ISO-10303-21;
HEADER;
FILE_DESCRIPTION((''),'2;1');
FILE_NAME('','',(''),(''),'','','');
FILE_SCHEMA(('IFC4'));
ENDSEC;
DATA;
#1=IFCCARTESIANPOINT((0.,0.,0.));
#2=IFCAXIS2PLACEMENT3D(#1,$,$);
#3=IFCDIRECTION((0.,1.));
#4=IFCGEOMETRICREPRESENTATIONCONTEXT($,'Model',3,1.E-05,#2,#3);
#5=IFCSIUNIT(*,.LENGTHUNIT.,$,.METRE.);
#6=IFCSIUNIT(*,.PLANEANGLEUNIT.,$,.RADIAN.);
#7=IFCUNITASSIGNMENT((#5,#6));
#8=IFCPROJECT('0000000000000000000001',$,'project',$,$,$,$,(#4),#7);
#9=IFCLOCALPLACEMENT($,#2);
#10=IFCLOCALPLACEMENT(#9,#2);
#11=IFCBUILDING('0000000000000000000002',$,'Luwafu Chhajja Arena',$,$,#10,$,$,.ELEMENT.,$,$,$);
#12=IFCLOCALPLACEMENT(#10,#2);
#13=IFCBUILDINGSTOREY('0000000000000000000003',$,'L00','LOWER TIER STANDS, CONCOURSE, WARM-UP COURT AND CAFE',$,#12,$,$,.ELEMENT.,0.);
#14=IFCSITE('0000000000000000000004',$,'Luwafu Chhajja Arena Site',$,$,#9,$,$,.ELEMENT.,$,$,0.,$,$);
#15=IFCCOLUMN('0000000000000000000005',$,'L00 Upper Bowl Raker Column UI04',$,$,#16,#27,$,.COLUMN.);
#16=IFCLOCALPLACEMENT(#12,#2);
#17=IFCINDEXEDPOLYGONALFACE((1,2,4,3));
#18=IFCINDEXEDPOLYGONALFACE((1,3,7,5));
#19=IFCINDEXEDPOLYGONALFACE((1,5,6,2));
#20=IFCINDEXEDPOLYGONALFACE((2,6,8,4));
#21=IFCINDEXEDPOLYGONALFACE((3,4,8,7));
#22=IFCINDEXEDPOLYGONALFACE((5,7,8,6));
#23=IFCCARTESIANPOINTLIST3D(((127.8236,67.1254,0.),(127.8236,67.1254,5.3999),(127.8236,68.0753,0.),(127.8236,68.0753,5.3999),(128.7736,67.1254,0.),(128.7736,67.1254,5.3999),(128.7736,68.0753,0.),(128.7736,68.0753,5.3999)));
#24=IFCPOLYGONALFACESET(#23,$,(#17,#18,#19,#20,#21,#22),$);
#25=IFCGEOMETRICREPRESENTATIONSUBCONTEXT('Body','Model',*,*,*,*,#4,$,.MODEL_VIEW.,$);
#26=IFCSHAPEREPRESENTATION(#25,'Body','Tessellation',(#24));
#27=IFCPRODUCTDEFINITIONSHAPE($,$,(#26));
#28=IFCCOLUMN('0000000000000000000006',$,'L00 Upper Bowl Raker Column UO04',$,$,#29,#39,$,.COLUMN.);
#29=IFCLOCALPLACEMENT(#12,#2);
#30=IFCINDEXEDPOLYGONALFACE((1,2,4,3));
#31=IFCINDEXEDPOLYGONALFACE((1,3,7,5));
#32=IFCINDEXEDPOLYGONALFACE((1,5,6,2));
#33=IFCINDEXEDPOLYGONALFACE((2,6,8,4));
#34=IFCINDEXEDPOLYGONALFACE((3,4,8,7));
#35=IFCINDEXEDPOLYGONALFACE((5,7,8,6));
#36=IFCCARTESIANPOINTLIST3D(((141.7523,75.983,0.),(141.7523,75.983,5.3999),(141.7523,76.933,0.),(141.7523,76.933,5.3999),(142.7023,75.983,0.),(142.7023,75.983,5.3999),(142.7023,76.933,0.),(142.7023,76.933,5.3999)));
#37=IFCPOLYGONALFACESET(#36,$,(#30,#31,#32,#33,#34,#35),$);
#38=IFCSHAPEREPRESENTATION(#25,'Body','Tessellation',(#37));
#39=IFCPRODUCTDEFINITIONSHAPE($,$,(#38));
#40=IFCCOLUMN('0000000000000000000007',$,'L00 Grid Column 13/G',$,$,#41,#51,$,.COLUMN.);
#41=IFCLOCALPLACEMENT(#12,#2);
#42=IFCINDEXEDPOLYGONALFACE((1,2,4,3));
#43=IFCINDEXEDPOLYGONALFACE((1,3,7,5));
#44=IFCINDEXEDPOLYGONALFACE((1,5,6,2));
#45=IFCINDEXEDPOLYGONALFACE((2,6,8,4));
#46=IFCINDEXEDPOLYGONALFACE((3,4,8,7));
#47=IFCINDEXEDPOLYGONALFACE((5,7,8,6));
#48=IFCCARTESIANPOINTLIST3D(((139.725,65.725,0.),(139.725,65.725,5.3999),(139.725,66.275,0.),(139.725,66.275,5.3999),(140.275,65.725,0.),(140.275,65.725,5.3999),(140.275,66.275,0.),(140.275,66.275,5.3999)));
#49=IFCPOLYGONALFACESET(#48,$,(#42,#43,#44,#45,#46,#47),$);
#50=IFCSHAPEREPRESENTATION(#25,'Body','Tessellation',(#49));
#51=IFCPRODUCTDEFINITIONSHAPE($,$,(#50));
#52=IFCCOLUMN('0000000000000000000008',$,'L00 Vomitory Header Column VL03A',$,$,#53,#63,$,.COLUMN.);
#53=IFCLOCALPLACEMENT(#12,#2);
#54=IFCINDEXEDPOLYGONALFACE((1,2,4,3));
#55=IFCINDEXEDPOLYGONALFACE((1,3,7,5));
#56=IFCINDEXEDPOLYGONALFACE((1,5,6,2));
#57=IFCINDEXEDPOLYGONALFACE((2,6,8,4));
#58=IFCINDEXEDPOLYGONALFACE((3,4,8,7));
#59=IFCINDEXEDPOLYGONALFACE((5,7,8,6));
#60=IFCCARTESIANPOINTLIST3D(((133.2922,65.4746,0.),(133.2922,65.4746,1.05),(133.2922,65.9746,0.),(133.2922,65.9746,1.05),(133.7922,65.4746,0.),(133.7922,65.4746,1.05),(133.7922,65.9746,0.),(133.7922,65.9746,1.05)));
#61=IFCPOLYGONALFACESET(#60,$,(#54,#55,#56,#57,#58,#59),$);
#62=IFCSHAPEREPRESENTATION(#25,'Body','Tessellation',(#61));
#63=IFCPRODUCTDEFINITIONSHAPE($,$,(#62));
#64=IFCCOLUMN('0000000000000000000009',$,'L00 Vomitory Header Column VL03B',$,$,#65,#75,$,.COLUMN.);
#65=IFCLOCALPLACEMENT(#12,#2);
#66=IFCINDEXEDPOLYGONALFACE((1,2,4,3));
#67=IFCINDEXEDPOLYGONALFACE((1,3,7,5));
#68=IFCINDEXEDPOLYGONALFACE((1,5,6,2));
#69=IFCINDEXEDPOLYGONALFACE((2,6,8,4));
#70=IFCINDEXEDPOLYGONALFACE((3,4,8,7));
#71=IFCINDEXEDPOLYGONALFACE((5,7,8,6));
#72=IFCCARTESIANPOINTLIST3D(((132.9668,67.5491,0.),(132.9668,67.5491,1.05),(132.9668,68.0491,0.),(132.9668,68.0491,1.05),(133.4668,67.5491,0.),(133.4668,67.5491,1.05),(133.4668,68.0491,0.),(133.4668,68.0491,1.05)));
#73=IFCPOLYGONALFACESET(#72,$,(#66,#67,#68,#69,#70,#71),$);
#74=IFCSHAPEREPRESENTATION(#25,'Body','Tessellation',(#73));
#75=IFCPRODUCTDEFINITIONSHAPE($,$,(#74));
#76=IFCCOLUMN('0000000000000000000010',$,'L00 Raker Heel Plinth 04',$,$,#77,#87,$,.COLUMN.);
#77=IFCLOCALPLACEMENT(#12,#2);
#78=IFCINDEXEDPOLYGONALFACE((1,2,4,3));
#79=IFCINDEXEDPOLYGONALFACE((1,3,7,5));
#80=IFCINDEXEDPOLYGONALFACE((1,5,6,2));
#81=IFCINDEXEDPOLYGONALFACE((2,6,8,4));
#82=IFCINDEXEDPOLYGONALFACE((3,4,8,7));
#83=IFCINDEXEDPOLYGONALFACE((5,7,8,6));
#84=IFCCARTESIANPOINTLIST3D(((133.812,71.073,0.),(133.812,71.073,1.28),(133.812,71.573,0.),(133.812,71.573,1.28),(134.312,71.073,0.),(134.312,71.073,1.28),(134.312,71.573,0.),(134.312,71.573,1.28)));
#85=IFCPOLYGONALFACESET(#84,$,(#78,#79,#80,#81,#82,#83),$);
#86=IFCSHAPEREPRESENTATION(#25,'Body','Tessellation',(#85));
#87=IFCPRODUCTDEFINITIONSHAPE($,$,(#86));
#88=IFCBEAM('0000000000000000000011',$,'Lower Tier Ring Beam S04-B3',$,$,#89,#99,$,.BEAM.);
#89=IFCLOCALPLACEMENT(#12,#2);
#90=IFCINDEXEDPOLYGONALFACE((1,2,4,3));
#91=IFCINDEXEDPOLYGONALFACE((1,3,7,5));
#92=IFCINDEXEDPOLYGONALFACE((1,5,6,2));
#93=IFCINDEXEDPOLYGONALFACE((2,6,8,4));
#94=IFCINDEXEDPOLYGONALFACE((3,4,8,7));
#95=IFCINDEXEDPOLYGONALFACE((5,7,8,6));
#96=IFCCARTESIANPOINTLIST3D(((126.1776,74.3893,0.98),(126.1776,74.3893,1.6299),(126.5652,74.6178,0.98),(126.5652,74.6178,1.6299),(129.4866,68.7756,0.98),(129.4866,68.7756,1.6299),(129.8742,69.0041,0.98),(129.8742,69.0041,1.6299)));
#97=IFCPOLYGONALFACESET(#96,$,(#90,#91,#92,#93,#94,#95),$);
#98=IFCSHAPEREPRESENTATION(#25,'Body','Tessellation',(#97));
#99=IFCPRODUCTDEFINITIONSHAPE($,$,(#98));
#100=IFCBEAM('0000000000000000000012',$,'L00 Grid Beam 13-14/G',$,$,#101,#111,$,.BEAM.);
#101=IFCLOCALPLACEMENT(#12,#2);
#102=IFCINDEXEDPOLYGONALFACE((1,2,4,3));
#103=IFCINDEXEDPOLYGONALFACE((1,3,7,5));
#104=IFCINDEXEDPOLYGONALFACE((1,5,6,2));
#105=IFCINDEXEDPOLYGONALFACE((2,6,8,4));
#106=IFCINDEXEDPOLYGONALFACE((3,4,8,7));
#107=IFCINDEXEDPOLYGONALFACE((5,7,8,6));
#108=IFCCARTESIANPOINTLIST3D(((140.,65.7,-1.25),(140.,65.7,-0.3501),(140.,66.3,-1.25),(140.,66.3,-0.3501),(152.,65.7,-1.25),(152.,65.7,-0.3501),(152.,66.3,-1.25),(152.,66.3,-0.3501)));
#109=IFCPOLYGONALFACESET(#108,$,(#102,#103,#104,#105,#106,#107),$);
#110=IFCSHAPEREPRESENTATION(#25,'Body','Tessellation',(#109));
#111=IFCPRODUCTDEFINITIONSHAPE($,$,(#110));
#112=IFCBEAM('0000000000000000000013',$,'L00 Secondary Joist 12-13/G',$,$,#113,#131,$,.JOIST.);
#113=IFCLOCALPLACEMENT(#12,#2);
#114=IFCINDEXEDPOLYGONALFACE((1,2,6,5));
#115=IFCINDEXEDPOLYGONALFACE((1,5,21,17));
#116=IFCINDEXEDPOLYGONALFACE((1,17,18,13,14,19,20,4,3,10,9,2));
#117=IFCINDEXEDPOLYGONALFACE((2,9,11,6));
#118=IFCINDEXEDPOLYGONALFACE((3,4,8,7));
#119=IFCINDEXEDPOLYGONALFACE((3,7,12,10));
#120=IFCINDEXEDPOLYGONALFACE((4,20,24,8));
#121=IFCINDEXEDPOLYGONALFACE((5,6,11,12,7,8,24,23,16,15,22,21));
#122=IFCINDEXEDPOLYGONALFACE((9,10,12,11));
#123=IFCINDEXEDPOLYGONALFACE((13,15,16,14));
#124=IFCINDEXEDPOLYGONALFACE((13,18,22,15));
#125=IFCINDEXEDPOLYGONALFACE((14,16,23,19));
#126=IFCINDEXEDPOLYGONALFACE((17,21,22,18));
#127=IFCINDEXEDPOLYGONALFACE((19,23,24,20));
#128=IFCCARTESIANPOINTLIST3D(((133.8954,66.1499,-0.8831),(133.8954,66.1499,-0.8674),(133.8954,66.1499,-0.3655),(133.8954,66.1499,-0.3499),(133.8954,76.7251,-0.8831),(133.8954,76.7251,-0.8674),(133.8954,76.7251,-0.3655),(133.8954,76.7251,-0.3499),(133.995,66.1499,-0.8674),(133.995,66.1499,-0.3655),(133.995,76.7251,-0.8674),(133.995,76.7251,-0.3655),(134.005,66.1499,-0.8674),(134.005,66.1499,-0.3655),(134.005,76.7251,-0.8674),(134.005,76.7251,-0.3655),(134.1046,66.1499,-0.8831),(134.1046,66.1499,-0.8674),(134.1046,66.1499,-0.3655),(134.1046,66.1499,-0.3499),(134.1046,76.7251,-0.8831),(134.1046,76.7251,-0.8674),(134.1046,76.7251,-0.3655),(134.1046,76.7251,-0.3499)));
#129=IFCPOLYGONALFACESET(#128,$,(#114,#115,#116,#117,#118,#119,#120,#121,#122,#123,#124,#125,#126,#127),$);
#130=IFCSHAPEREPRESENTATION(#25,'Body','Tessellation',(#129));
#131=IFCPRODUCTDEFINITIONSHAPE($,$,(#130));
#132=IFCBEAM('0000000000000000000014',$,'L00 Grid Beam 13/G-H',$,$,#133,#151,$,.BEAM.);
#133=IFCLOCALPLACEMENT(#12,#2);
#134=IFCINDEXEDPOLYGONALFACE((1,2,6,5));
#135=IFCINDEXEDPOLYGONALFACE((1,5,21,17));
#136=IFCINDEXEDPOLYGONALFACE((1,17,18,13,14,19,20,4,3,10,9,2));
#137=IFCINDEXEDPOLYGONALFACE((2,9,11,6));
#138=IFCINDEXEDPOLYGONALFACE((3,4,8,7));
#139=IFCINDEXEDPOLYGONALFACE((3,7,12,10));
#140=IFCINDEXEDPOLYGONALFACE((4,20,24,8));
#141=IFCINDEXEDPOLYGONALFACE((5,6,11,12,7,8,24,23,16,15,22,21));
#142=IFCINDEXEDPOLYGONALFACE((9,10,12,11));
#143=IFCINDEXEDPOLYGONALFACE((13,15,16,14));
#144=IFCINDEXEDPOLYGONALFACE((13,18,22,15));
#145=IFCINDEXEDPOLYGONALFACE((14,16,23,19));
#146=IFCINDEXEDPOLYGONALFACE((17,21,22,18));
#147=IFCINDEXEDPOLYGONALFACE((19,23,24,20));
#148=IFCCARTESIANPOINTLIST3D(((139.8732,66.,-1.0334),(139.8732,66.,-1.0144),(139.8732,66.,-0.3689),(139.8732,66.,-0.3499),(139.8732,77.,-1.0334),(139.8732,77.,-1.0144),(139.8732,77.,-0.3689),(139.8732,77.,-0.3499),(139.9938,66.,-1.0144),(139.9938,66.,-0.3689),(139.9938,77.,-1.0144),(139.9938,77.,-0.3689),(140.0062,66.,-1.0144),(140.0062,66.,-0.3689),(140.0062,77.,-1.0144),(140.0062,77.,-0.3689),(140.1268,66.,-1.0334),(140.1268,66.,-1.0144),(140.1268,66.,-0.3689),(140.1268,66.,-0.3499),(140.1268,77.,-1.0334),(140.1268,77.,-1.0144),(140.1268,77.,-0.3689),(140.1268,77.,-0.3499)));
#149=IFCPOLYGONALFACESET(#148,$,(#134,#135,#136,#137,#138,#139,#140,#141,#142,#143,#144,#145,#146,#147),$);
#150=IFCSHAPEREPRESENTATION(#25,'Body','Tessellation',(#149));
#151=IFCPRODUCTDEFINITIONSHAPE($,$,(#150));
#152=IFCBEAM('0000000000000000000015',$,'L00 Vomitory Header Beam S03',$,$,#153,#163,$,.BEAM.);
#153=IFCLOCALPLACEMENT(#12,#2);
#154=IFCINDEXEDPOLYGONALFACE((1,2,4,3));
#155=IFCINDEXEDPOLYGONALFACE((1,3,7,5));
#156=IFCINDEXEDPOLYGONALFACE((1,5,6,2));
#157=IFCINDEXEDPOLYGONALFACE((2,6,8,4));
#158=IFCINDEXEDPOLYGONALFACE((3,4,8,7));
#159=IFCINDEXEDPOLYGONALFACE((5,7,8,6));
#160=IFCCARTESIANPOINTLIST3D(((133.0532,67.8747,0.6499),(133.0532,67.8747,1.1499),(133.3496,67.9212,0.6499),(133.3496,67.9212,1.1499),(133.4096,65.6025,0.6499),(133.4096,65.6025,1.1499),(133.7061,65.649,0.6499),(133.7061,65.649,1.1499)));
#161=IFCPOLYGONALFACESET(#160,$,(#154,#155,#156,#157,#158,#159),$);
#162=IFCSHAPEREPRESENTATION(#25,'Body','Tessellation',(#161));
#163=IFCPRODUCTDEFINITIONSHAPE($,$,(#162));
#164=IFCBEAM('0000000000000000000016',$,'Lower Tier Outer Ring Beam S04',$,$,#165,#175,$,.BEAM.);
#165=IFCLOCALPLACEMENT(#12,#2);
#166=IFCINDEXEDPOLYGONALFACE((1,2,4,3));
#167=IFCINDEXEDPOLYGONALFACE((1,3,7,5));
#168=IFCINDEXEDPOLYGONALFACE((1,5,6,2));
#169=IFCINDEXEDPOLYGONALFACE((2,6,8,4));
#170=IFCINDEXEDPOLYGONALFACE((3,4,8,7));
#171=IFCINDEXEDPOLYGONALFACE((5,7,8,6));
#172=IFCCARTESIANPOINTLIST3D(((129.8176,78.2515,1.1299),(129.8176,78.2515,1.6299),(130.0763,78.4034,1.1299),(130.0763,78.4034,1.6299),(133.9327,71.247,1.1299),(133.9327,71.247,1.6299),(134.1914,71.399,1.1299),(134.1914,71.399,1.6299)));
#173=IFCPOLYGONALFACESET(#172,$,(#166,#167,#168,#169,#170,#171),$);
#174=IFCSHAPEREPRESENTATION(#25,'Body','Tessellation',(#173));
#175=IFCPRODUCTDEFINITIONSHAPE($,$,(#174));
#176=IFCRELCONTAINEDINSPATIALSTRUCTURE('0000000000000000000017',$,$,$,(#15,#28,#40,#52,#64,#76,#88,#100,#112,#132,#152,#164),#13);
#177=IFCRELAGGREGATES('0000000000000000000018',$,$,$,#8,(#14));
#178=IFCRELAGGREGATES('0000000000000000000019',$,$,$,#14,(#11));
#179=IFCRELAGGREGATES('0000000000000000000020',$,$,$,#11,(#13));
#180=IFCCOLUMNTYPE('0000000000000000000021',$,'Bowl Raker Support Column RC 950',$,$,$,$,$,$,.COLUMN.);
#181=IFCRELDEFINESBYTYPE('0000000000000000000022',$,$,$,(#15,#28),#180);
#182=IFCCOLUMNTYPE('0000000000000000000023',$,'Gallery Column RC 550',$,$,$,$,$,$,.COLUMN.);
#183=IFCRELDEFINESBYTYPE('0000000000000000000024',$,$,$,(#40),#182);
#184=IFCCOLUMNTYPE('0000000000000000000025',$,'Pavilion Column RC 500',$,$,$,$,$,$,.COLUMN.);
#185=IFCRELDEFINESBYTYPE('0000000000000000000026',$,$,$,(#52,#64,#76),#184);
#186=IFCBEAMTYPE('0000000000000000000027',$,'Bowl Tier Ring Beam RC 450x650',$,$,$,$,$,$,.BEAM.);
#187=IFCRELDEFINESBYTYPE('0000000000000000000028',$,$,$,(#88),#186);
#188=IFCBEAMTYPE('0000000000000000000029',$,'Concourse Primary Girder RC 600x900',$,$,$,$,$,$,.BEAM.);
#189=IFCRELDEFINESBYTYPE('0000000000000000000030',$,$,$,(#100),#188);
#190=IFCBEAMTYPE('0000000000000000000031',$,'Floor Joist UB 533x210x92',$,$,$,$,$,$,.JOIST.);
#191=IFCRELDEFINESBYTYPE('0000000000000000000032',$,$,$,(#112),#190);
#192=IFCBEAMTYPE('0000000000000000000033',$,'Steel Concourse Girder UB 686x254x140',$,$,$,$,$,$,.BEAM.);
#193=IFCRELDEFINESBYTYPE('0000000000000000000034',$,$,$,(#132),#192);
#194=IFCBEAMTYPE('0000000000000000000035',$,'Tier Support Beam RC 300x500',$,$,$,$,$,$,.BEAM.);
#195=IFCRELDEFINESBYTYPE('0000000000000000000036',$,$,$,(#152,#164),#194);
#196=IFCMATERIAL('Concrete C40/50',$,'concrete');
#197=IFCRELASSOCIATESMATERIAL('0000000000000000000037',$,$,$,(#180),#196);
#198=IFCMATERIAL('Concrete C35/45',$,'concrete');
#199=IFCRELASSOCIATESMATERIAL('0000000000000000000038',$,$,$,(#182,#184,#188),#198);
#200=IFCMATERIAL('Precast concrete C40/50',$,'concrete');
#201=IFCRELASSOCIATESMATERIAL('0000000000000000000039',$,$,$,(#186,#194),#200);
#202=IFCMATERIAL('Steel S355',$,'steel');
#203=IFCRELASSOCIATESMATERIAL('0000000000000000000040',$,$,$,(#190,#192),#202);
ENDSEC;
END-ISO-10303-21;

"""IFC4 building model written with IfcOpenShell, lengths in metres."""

from ifc_helpers import new_model, si_unit, direction, frame, origin, origin_2d, place, context, subcontext, project, spatial, rectangle, i_section, extrude, material, material_profile, profile_set, type_object, element, save


model = new_model("IFC4")

# Units and contexts
model_context = context("Model", 3, precision=1e-05, world=origin(), true_north=direction((0.0, 1.0)))
body_context = subcontext(model_context, "Body", "Model", "MODEL_VIEW")
ifc_project = project(units=[si_unit("LENGTHUNIT", "METRE"), si_unit("PLANEANGLEUNIT", "RADIAN")], contexts=[model_context])

# Site, building, storey
site_placement = place(None, origin())
site = spatial("IfcSite", under=ifc_project, at=site_placement, Name="Luwafu Chhajja Arena Site", CompositionType="ELEMENT", RefElevation=0.0)
building_placement = place(site_placement, origin())
building = spatial("IfcBuilding", under=site, at=building_placement, Name="Luwafu Chhajja Arena", CompositionType="ELEMENT")
storey_placement = place(building_placement, origin())
storey = spatial("IfcBuildingStorey", under=building, at=storey_placement, Name="L00", Description="LOWER TIER STANDS, CONCOURSE, WARM-UP COURT AND CAFE", CompositionType="ELEMENT", Elevation=0.0)

# Columns
ifc_material_1 = material(Name="Concrete C40/50", Category="concrete")
ifc_material_profile_1 = material_profile(ifc_material_1, rectangle(XDim=0.95, YDim=0.95, at=origin_2d()), Name="RC 950x950")
ifc_profile_set_1 = profile_set([ifc_material_profile_1], Name="Concrete C40/50")
column_type_1 = type_object("IfcColumnType", Name="Bowl Raker Support Column RC 950", PredefinedType="COLUMN", material=ifc_profile_set_1)
for number, where, z_axis, x_axis, name in (
    (1, (128.2986, 67.6003, 0.0), (0.0, 0.0, 1.0), (1.0, 0.0, 0.0), "L00 Upper Bowl Raker Column UI04"),
    (2, (142.2273, 76.458, 0.0), (0.0, 0.0, 1.0), (1.0, 0.0, 0.0), "L00 Upper Bowl Raker Column UO04"),
):
    element("IfcColumn", number, at=place(storey_placement, frame(where, z_axis=z_axis, x_axis=x_axis)), inside=storey, type_object=column_type_1, Name=name, PredefinedType="COLUMN", context=body_context, shape_type="SweptSolid", body=[
        extrude(rectangle(XDim=0.95, YDim=0.95, at=origin_2d()), origin(), (0.0, 0.0, 1.0), 5.3999),
    ])
ifc_material_2 = material(Name="Concrete C35/45", Category="concrete")
ifc_material_profile_2 = material_profile(ifc_material_2, rectangle(XDim=0.55, YDim=0.55, at=origin_2d()), Name="RC 550x550")
ifc_profile_set_2 = profile_set([ifc_material_profile_2], Name="Concrete C35/45")
column_type_2 = type_object("IfcColumnType", Name="Gallery Column RC 550", PredefinedType="COLUMN", material=ifc_profile_set_2)
column_1_placement = place(storey_placement, frame((140.0, 66.0, 0.0), z_axis=(0.0, 0.0, 1.0), x_axis=(1.0, 0.0, 0.0)))
element("IfcColumn", 3, at=column_1_placement, inside=storey, type_object=column_type_2, Name="L00 Grid Column 13/G", PredefinedType="COLUMN", context=body_context, shape_type="SweptSolid", body=[
    extrude(rectangle(XDim=0.55, YDim=0.55, at=origin_2d()), origin(), (0.0, 0.0, 1.0), 5.3999),
])
ifc_material_profile_3 = material_profile(ifc_material_2, rectangle(XDim=0.5, YDim=0.5, at=origin_2d()), Name="RC 500x500")
ifc_profile_set_3 = profile_set([ifc_material_profile_3], Name="Concrete C35/45")
column_type_3 = type_object("IfcColumnType", Name="Pavilion Column RC 500", PredefinedType="COLUMN", material=ifc_profile_set_3)
for number, where, z_axis, x_axis, name in (
    (4, (133.5422, 65.7246, 0.0), (0.0, 0.0, 1.0), (1.0, 0.0, 0.0), "L00 Vomitory Header Column VL03A"),
    (5, (133.2168, 67.7991, 0.0), (0.0, 0.0, 1.0), (1.0, 0.0, 0.0), "L00 Vomitory Header Column VL03B"),
):
    element("IfcColumn", number, at=place(storey_placement, frame(where, z_axis=z_axis, x_axis=x_axis)), inside=storey, type_object=column_type_3, Name=name, PredefinedType="COLUMN", context=body_context, shape_type="SweptSolid", body=[
        extrude(rectangle(XDim=0.5, YDim=0.5, at=origin_2d()), origin(), (0.0, 0.0, 1.0), 1.05),
    ])
column_2_placement = place(storey_placement, frame((134.062, 71.323, 0.0), z_axis=(0.0, 0.0, 1.0), x_axis=(1.0, 0.0, 0.0)))
element("IfcColumn", 6, at=column_2_placement, inside=storey, type_object=column_type_3, Name="L00 Raker Heel Plinth 04", PredefinedType="COLUMN", context=body_context, shape_type="SweptSolid", body=[
    extrude(rectangle(XDim=0.5, YDim=0.5, at=origin_2d()), origin(), (0.0, 0.0, 1.0), 1.28),
])

# Beams
ifc_material_3 = material(Name="Precast concrete C40/50", Category="concrete")
ifc_material_profile_4 = material_profile(ifc_material_3, rectangle(XDim=0.45, YDim=0.6499, at=origin_2d()), Name="RC 450x650")
ifc_profile_set_4 = profile_set([ifc_material_profile_4], Name="Precast concrete C40/50")
beam_type_1 = type_object("IfcBeamType", Name="Bowl Tier Ring Beam RC 450x650", PredefinedType="BEAM", material=ifc_profile_set_4)
beam_1_placement = place(storey_placement, frame((129.6804, 68.8899, 1.3049), z_axis=(-0.507803, 0.861473, 0.0), x_axis=(-0.861473, -0.507803, 0.0)))
element("IfcBeam", 7, at=beam_1_placement, inside=storey, type_object=beam_type_1, Name="Lower Tier Ring Beam S04-B3", PredefinedType="BEAM", context=body_context, shape_type="SweptSolid", body=[
    extrude(rectangle(XDim=0.45, YDim=0.6499, at=origin_2d()), origin(), (0.0, 0.0, 1.0), 6.5164),
])
ifc_material_profile_5 = material_profile(ifc_material_2, rectangle(XDim=0.6001, YDim=0.8999, at=origin_2d()), Name="RC 600x900")
ifc_profile_set_5 = profile_set([ifc_material_profile_5], Name="Concrete C35/45")
beam_type_2 = type_object("IfcBeamType", Name="Concourse Primary Girder RC 600x900", PredefinedType="BEAM", material=ifc_profile_set_5)
beam_2_placement = place(storey_placement, frame((140.0, 66.0, -0.8), z_axis=(1.0, 0.0, 0.0), x_axis=(0.0, 1.0, 0.0)))
element("IfcBeam", 8, at=beam_2_placement, inside=storey, type_object=beam_type_2, Name="L00 Grid Beam 13-14/G", PredefinedType="BEAM", context=body_context, shape_type="SweptSolid", body=[
    extrude(rectangle(XDim=0.6001, YDim=0.8999, at=origin_2d()), origin(), (0.0, 0.0, 1.0), 12.0),
])
ifc_material_4 = material(Name="Steel S355", Category="steel")
ifc_material_profile_6 = material_profile(ifc_material_4, i_section(OverallWidth=0.2092, OverallDepth=0.5332, WebThickness=0.01, FlangeThickness=0.0156, at=origin_2d()), Name="UB 533x210x92")
ifc_profile_set_6 = profile_set([ifc_material_profile_6], Name="Steel S355")
beam_type_3 = type_object("IfcBeamType", Name="Floor Joist UB 533x210x92", PredefinedType="JOIST", material=ifc_profile_set_6)
beam_3_placement = place(storey_placement, frame((134.0, 66.1499, -0.6165), z_axis=(0.0, 1.0, 0.0), x_axis=(-1.0, 0.0, 0.0)))
element("IfcBeam", 9, at=beam_3_placement, inside=storey, type_object=beam_type_3, Name="L00 Secondary Joist 12-13/G", PredefinedType="JOIST", context=body_context, shape_type="SweptSolid", body=[
    extrude(i_section(OverallWidth=0.2092, OverallDepth=0.5332, WebThickness=0.01, FlangeThickness=0.0156, at=origin_2d()), origin(), (0.0, 0.0, 1.0), 10.5752),
])
ifc_material_profile_7 = material_profile(ifc_material_4, i_section(OverallWidth=0.2537, OverallDepth=0.6836, WebThickness=0.0125, FlangeThickness=0.019, at=origin_2d()), Name="UB 686x254x140")
ifc_profile_set_7 = profile_set([ifc_material_profile_7], Name="Steel S355")
beam_type_4 = type_object("IfcBeamType", Name="Steel Concourse Girder UB 686x254x140", PredefinedType="BEAM", material=ifc_profile_set_7)
beam_4_placement = place(storey_placement, frame((140.0, 66.0, -0.6917), z_axis=(0.0, 1.0, 0.0), x_axis=(-1.0, 0.0, 0.0)))
element("IfcBeam", 10, at=beam_4_placement, inside=storey, type_object=beam_type_4, Name="L00 Grid Beam 13/G-H", PredefinedType="BEAM", context=body_context, shape_type="SweptSolid", body=[
    extrude(i_section(OverallWidth=0.2537, OverallDepth=0.6836, WebThickness=0.0125, FlangeThickness=0.019, at=origin_2d()), origin(), (0.0, 0.0, 1.0), 11.0),
])
ifc_material_profile_8 = material_profile(ifc_material_3, rectangle(XDim=0.3, YDim=0.5, at=origin_2d()), Name="RC 300x500")
ifc_profile_set_8 = profile_set([ifc_material_profile_8], Name="Precast concrete C40/50")
beam_type_5 = type_object("IfcBeamType", Name="Tier Support Beam RC 300x500", PredefinedType="BEAM", material=ifc_profile_set_8)
beam_5_placement = place(storey_placement, frame((133.5579, 65.6257, 0.8999), z_axis=(-0.154976, 0.987918, 0.0), x_axis=(-0.987918, -0.154976, 0.0)))
element("IfcBeam", 11, at=beam_5_placement, inside=storey, type_object=beam_type_5, Name="L00 Vomitory Header Beam S03", PredefinedType="BEAM", context=body_context, shape_type="SweptSolid", body=[
    extrude(rectangle(XDim=0.3, YDim=0.5, at=origin_2d()), origin(), (0.0, 0.0, 1.0), 2.3),
])
beam_6_placement = place(storey_placement, frame((134.062, 71.323, 1.3799), z_axis=(-0.506541, 0.862216, 0.0), x_axis=(-0.862216, -0.506541, 0.0)))
element("IfcBeam", 12, at=beam_6_placement, inside=storey, type_object=beam_type_5, Name="Lower Tier Outer Ring Beam S04", PredefinedType="BEAM", context=body_context, shape_type="SweptSolid", body=[
    extrude(rectangle(XDim=0.3, YDim=0.5, at=origin_2d()), origin(), (0.0, 0.0, 1.0), 8.1238),
])

save(model, "model.ifc")
